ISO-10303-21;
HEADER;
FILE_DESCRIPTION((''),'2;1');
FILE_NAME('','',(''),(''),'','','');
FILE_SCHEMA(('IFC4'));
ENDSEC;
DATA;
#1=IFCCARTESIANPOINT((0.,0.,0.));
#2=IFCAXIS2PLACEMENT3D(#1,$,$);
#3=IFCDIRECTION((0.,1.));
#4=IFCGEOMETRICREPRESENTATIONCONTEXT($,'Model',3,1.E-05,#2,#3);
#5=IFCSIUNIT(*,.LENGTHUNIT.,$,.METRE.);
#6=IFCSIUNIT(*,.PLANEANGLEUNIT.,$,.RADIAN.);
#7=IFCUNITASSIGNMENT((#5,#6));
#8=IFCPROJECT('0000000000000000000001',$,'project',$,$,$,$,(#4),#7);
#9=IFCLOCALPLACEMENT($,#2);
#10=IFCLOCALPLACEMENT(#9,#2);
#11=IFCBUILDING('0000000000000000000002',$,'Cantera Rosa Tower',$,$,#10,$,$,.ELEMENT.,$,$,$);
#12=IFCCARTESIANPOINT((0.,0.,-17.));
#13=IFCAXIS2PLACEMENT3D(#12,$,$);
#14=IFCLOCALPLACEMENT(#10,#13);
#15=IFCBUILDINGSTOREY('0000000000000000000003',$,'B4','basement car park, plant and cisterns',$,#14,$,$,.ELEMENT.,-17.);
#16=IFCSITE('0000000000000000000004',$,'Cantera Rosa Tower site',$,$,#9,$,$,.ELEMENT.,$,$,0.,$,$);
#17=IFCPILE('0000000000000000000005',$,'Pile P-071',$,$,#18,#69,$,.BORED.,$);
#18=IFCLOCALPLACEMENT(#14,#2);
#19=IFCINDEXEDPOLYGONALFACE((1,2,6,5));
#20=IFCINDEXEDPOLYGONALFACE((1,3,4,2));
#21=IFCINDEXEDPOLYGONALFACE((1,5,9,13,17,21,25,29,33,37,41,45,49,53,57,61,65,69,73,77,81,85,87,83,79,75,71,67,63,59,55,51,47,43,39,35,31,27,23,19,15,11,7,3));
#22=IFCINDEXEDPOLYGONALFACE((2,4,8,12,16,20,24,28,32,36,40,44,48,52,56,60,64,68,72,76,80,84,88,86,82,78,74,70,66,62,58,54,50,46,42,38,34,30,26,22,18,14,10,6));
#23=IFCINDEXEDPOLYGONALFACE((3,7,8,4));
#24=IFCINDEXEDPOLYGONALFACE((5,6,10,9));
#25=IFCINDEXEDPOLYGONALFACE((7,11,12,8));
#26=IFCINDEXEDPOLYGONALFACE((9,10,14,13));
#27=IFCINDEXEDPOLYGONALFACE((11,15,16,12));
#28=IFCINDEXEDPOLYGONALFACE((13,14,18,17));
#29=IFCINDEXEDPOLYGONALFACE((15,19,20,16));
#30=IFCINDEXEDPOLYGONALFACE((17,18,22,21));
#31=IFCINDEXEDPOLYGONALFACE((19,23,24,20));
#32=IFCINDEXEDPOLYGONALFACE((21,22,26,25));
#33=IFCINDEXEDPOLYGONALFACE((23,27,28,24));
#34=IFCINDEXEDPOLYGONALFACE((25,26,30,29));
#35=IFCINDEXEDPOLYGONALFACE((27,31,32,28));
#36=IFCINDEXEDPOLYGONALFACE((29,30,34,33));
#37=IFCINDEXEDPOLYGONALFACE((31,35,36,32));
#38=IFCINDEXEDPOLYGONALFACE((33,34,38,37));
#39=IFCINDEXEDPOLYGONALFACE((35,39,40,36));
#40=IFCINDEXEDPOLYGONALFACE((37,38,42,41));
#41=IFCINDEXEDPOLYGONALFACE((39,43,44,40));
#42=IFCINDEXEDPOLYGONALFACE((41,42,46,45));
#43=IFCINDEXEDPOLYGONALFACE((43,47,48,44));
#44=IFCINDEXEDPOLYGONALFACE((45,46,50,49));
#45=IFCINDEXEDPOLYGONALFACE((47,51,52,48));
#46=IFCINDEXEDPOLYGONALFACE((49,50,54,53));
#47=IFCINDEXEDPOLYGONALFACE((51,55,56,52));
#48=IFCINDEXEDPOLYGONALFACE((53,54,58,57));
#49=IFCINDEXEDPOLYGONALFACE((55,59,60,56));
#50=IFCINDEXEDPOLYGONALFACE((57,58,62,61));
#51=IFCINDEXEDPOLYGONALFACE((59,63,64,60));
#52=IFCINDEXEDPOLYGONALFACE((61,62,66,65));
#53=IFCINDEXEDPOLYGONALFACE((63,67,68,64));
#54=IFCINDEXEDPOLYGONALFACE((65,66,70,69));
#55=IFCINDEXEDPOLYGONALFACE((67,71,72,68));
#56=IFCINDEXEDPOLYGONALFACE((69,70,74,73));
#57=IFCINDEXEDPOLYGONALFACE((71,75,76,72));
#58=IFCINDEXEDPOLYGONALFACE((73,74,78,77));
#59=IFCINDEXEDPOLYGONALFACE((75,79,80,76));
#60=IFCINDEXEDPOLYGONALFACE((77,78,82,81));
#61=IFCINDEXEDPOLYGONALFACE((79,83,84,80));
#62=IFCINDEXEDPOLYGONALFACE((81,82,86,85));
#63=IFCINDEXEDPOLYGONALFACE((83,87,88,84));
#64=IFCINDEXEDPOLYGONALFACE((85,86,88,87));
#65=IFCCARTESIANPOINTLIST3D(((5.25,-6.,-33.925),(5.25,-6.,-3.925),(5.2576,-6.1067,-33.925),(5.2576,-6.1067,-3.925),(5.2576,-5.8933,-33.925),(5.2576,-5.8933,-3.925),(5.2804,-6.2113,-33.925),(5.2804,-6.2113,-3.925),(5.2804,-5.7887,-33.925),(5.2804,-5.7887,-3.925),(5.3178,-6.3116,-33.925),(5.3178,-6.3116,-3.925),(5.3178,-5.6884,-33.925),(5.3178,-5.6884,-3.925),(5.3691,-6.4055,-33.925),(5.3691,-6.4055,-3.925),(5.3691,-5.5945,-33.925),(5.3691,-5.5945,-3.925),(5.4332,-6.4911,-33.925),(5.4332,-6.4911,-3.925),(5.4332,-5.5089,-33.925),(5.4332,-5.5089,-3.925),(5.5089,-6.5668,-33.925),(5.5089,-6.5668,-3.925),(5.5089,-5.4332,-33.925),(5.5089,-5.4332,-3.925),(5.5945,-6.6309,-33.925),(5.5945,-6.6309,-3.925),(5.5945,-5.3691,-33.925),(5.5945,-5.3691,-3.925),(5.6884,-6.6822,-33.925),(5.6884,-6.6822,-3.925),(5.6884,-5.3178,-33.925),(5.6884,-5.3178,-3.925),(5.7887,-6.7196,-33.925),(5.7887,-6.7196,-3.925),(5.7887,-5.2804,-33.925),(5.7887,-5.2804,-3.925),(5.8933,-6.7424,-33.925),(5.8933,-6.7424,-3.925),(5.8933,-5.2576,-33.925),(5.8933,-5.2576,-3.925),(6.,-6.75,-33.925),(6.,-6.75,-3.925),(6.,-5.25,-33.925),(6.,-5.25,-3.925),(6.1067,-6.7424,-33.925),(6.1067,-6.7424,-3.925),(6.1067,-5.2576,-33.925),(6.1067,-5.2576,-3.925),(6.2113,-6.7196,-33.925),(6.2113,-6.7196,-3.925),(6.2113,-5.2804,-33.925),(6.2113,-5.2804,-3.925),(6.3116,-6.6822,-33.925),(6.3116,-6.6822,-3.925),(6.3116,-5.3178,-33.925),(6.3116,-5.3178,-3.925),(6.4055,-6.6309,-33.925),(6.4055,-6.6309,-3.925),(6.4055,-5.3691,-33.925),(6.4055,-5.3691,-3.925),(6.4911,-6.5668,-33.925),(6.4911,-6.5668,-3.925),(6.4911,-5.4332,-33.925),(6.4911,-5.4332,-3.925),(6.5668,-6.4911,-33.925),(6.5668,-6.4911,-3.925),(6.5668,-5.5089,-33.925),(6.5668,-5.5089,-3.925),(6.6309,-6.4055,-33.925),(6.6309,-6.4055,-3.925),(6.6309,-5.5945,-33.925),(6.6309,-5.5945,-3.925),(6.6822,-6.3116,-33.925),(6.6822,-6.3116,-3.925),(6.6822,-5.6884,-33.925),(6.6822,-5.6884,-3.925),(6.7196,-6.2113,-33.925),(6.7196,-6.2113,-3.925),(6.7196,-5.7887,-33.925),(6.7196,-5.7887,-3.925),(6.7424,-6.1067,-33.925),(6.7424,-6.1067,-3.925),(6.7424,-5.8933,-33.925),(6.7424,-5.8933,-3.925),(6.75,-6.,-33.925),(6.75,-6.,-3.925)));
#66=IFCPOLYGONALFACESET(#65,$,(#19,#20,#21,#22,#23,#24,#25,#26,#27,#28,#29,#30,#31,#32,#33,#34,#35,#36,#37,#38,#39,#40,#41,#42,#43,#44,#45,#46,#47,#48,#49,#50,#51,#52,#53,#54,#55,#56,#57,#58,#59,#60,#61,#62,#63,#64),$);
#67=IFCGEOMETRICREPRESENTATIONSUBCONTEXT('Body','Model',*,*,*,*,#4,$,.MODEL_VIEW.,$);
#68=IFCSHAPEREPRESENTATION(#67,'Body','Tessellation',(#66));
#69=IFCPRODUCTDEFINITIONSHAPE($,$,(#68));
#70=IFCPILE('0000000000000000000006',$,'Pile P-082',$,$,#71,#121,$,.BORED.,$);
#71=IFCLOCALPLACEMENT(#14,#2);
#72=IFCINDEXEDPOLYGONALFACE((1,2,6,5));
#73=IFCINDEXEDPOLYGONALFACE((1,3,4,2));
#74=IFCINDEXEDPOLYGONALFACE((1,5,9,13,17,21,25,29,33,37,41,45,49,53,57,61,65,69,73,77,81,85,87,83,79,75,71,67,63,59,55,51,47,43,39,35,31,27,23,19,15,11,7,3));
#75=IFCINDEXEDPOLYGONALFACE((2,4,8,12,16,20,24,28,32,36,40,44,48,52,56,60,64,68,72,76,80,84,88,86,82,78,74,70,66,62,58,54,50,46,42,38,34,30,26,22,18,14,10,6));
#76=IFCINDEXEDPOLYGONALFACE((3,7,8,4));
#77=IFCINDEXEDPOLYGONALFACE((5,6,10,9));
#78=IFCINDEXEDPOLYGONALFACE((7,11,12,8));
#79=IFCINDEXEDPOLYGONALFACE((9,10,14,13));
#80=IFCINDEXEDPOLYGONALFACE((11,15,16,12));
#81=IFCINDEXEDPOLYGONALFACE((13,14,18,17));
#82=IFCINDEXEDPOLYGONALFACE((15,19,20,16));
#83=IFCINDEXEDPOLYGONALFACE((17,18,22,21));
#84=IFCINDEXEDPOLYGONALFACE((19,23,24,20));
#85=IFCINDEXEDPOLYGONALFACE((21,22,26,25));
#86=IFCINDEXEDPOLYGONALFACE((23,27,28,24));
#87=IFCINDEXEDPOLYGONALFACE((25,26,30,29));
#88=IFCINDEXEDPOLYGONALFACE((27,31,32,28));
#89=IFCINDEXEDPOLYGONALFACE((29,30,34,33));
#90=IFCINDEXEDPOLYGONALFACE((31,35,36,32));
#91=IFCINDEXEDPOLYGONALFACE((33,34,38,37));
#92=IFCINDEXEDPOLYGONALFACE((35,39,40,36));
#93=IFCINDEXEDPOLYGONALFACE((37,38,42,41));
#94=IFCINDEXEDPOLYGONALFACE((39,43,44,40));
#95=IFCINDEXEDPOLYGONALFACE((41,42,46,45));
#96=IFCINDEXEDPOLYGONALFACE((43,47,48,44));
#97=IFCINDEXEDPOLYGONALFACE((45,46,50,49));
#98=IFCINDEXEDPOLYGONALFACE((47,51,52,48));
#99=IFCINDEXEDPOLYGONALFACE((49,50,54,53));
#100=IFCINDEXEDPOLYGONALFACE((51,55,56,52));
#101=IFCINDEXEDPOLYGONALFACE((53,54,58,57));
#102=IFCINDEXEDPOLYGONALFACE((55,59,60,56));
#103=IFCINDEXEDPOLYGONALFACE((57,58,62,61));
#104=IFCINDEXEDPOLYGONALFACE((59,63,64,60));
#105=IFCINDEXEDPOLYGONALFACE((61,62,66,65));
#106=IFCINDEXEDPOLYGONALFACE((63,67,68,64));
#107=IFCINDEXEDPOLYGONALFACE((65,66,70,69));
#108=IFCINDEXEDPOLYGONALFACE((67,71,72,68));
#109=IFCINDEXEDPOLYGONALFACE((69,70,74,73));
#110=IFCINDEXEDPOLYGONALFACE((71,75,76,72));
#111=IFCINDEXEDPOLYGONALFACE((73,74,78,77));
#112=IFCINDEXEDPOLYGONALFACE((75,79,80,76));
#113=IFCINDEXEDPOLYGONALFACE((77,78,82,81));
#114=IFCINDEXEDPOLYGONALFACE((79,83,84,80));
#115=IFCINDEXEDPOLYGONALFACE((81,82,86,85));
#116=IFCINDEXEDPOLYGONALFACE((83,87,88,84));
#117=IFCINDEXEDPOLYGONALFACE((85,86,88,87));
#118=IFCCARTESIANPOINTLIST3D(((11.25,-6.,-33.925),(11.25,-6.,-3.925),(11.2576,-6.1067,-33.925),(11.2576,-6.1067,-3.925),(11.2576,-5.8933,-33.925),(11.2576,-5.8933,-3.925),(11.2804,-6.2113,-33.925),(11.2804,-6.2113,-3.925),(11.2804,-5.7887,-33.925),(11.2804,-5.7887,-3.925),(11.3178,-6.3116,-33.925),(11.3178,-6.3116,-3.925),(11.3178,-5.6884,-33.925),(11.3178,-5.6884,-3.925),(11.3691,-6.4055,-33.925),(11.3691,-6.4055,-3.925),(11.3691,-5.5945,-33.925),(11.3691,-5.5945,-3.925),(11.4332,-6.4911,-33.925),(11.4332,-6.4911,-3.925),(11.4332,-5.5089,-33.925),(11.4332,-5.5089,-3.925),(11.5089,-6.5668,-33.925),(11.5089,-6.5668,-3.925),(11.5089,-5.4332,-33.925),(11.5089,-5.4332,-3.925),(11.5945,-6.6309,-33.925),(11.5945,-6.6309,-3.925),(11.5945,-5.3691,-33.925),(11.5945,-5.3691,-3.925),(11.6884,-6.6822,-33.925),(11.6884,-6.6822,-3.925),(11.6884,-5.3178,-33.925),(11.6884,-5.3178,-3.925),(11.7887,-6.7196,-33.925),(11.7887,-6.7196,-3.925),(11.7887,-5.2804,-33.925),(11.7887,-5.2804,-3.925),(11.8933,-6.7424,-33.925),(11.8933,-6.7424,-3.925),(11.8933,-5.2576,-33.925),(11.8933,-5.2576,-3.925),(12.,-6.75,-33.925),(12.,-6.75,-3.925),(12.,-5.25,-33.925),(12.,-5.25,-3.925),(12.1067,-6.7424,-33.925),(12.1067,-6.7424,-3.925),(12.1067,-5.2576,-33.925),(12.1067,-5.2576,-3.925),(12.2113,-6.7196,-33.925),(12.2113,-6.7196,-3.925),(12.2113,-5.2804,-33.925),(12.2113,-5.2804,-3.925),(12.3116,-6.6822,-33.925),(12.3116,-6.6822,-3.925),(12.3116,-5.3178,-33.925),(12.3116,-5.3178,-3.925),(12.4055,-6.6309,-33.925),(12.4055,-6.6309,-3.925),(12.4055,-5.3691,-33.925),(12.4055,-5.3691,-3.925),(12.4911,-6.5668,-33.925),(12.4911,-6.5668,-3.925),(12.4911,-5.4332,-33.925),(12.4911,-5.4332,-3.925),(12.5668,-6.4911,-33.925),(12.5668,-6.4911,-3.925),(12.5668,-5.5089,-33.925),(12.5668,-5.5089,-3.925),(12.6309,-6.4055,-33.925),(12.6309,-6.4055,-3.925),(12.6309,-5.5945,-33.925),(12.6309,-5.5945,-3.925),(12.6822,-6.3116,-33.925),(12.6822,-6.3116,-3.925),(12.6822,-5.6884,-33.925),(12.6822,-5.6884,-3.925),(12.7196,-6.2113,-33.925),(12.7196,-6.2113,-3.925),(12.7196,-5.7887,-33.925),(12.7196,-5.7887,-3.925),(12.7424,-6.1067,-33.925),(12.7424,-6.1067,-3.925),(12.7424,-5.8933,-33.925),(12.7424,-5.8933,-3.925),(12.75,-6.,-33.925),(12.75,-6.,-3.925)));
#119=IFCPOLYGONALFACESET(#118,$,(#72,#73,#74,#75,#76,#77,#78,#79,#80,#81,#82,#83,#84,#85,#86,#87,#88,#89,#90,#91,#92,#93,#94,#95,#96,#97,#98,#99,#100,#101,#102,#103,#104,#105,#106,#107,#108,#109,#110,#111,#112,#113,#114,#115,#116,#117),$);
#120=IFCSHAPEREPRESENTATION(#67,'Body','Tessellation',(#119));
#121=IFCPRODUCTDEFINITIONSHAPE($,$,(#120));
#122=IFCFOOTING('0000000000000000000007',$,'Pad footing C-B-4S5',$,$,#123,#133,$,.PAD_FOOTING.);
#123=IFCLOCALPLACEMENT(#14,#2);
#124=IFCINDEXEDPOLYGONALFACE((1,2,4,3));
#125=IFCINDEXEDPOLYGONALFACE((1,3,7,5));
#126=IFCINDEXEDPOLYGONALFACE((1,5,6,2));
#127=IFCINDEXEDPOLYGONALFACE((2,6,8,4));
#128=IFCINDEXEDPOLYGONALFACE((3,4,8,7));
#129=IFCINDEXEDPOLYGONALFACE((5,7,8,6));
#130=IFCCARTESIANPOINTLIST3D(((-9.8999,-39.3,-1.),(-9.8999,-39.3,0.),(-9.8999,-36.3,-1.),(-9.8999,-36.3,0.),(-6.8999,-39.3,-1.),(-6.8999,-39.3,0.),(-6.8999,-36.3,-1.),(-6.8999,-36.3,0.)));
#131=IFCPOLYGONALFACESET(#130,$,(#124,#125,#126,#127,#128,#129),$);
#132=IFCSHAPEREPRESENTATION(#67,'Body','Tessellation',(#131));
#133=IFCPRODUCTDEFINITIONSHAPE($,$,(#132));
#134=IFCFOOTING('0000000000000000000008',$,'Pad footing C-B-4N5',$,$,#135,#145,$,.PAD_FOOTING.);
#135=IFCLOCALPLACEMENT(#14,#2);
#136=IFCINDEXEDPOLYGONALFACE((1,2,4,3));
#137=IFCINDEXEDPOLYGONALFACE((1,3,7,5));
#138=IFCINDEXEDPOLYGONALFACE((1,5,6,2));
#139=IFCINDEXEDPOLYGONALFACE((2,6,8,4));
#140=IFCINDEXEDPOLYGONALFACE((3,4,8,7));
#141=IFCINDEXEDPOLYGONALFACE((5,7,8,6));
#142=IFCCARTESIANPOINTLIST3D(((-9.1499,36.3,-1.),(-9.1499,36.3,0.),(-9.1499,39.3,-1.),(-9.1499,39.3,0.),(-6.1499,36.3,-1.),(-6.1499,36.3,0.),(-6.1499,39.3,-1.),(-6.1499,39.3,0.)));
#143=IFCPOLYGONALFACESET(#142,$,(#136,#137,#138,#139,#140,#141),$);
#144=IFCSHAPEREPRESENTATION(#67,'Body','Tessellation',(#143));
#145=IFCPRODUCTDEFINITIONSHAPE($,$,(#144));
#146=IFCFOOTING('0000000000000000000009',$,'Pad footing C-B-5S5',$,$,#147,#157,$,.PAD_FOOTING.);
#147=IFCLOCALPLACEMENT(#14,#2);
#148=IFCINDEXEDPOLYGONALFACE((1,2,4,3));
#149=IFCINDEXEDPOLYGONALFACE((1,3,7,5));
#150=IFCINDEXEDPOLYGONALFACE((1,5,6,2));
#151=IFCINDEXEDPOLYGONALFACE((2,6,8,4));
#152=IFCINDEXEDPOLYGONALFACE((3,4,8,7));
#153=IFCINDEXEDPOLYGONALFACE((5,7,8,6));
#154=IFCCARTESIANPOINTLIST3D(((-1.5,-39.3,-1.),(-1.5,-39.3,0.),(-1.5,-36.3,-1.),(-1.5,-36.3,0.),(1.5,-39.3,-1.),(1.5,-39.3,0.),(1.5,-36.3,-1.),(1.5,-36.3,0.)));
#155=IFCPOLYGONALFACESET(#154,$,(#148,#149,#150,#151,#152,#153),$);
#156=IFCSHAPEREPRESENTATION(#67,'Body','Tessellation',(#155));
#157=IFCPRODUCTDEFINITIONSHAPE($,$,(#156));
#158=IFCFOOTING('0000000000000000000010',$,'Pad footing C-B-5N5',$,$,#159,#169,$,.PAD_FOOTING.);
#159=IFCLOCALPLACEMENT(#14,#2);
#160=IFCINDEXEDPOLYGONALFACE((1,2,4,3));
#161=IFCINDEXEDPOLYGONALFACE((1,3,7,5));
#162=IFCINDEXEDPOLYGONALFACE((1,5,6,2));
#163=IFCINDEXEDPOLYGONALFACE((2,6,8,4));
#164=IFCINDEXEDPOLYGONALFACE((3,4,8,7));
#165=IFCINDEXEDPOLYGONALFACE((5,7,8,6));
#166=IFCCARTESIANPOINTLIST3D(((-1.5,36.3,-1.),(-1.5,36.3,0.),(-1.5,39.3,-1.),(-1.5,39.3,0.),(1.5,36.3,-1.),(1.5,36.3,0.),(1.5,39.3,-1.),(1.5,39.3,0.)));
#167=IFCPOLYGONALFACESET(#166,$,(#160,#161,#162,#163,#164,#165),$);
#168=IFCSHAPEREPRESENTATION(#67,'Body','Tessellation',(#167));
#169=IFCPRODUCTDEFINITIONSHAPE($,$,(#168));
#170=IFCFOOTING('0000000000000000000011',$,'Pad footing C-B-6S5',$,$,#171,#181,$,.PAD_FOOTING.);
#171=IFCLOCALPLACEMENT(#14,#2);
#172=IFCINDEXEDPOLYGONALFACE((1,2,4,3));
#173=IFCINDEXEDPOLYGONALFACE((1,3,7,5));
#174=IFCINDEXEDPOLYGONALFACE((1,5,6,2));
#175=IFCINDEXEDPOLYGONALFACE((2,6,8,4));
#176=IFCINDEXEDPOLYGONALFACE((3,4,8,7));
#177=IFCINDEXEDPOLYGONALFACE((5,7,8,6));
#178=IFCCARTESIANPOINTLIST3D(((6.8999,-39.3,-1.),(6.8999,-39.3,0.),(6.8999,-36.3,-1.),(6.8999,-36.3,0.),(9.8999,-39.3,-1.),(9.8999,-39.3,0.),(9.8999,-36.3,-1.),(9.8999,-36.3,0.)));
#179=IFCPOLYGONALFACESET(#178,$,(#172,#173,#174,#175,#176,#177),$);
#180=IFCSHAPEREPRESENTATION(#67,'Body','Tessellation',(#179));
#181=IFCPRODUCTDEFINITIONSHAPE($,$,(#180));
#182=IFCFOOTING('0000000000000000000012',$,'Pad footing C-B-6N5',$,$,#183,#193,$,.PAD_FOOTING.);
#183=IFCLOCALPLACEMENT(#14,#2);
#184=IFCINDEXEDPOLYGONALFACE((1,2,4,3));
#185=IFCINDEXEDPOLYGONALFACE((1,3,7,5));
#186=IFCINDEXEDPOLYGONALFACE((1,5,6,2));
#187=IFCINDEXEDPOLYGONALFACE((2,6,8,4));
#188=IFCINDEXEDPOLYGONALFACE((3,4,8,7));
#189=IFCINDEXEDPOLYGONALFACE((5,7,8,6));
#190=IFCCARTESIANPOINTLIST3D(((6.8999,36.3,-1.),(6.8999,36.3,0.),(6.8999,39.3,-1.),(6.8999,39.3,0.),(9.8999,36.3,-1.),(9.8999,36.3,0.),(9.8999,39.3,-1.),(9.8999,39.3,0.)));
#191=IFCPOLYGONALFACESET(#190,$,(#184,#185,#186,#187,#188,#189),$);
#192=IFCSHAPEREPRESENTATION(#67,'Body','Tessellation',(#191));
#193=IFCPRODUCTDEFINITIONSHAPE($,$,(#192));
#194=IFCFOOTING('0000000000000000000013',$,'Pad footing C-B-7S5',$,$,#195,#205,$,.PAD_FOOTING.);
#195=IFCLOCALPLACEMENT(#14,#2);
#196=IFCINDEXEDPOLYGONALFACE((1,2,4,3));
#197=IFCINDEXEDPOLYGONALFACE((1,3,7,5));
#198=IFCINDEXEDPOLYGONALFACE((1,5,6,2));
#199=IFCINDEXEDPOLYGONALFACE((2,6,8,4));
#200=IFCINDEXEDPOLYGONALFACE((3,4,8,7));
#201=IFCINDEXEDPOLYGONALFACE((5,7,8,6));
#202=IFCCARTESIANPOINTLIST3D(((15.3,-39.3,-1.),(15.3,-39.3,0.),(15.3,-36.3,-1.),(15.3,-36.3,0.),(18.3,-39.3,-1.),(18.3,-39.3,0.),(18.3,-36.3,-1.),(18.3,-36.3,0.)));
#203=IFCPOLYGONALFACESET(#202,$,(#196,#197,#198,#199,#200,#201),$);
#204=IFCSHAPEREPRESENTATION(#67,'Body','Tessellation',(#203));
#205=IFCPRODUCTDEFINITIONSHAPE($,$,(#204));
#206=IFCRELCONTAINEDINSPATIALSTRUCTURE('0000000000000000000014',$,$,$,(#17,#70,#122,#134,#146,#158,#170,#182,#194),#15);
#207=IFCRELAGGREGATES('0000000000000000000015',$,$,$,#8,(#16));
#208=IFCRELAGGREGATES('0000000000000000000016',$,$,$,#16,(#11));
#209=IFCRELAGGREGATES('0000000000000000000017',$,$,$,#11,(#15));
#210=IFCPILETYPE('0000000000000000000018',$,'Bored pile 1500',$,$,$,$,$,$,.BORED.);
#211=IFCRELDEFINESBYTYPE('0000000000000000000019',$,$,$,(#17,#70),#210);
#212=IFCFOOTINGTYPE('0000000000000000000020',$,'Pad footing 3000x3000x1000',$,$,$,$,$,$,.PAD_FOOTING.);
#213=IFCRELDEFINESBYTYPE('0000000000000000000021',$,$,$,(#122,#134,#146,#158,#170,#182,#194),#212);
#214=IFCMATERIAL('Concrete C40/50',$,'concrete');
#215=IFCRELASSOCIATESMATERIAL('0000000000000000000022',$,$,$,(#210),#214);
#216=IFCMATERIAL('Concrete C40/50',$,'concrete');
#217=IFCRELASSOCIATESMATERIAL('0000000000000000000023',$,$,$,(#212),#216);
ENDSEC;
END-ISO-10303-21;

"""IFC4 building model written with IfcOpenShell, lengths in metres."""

from ifc_helpers import new_model, si_unit, direction, frame, origin, origin_2d, place, context, subcontext, project, spatial, polyline, circle, outline, extrude, material, material_profile, profile_set, type_object, element, save


model = new_model("IFC4")

# Units and contexts
model_context = context("Model", 3, precision=1e-05, world=origin(), true_north=direction((0.0, 1.0)))
body_context = subcontext(model_context, "Body", "Model", "MODEL_VIEW")
ifc_project = project(units=[si_unit("LENGTHUNIT", "METRE"), si_unit("PLANEANGLEUNIT", "RADIAN")], contexts=[model_context])

# Site, building, storey
site_placement = place(None, origin())
site = spatial("IfcSite", under=ifc_project, at=site_placement, Name="Cantera Rosa Tower site", CompositionType="ELEMENT", RefElevation=0.0)
building_placement = place(site_placement, origin())
building = spatial("IfcBuilding", under=site, at=building_placement, Name="Cantera Rosa Tower", CompositionType="ELEMENT")
storey_placement = place(building_placement, frame((0.0, 0.0, -17.0)))
storey = spatial("IfcBuildingStorey", under=building, at=storey_placement, Name="B4", Description="basement car park, plant and cisterns", CompositionType="ELEMENT", Elevation=-17.0)

# Piles
ifc_material_1 = material(Name="Concrete C40/50", Category="concrete")
ifc_material_profile = material_profile(ifc_material_1, circle(Radius=0.75, at=origin_2d()), Name="Bored pile 1500")
ifc_profile_set = profile_set([ifc_material_profile], Name="Concrete C40/50")
pile_type = type_object("IfcPileType", Name="Bored pile 1500", PredefinedType="BORED", material=ifc_profile_set)
for number, where, z_axis, x_axis, name in (
    (1, (6.0, -6.0, -3.925), (0.0, 0.0, -1.0), (1.0, 0.0, 0.0), "Pile P-071"),
    (2, (12.0, -6.0, -3.925), (0.0, 0.0, -1.0), (1.0, 0.0, 0.0), "Pile P-082"),
):
    element("IfcPile", number, at=place(storey_placement, frame(where, z_axis=z_axis, x_axis=x_axis)), inside=storey, type_object=pile_type, Name=name, PredefinedType="BORED", context=body_context, shape_type="SweptSolid", body=[
        extrude(circle(Radius=0.75, at=origin_2d()), origin(), (0.0, 0.0, 1.0), 30.0),
    ])

# Footings
ifc_material_2 = material(Name="Concrete C40/50", Category="concrete")
footing_type = type_object("IfcFootingType", Name="Pad footing 3000x3000x1000", PredefinedType="PAD_FOOTING", material=ifc_material_2)
footing_1_placement = place(storey_placement, frame((0.0, 0.0, -1.0)))
element("IfcFooting", 3, at=footing_1_placement, inside=storey, type_object=footing_type, Name="Pad footing C-B-4S5", PredefinedType="PAD_FOOTING", context=body_context, shape_type="SweptSolid", body=[
    extrude(outline(polyline([(-6.8999, -39.3), (-6.8999, -36.3), (-9.8999, -36.3), (-9.8999, -39.3), (-6.8999, -39.3)])), origin(), (0.0, 0.0, 1.0), 1.0),
])
footing_2_placement = place(storey_placement, frame((0.0, 0.0, -1.0)))
element("IfcFooting", 4, at=footing_2_placement, inside=storey, type_object=footing_type, Name="Pad footing C-B-4N5", PredefinedType="PAD_FOOTING", context=body_context, shape_type="SweptSolid", body=[
    extrude(outline(polyline([(-6.1499, 36.3), (-6.1499, 39.3), (-9.1499, 39.3), (-9.1499, 36.3), (-6.1499, 36.3)])), origin(), (0.0, 0.0, 1.0), 1.0),
])
footing_3_placement = place(storey_placement, frame((0.0, 0.0, -1.0)))
element("IfcFooting", 5, at=footing_3_placement, inside=storey, type_object=footing_type, Name="Pad footing C-B-5S5", PredefinedType="PAD_FOOTING", context=body_context, shape_type="SweptSolid", body=[
    extrude(outline(polyline([(1.5, -39.3), (1.5, -36.3), (-1.5, -36.3), (-1.5, -39.3), (1.5, -39.3)])), origin(), (0.0, 0.0, 1.0), 1.0),
])
footing_4_placement = place(storey_placement, frame((0.0, 0.0, -1.0)))
element("IfcFooting", 6, at=footing_4_placement, inside=storey, type_object=footing_type, Name="Pad footing C-B-5N5", PredefinedType="PAD_FOOTING", context=body_context, shape_type="SweptSolid", body=[
    extrude(outline(polyline([(1.5, 36.3), (1.5, 39.3), (-1.5, 39.3), (-1.5, 36.3), (1.5, 36.3)])), origin(), (0.0, 0.0, 1.0), 1.0),
])
footing_5_placement = place(storey_placement, frame((0.0, 0.0, -1.0)))
element("IfcFooting", 7, at=footing_5_placement, inside=storey, type_object=footing_type, Name="Pad footing C-B-6S5", PredefinedType="PAD_FOOTING", context=body_context, shape_type="SweptSolid", body=[
    extrude(outline(polyline([(9.8999, -39.3), (9.8999, -36.3), (6.8999, -36.3), (6.8999, -39.3), (9.8999, -39.3)])), origin(), (0.0, 0.0, 1.0), 1.0),
])
footing_6_placement = place(storey_placement, frame((0.0, 0.0, -1.0)))
element("IfcFooting", 8, at=footing_6_placement, inside=storey, type_object=footing_type, Name="Pad footing C-B-6N5", PredefinedType="PAD_FOOTING", context=body_context, shape_type="SweptSolid", body=[
    extrude(outline(polyline([(9.8999, 36.3), (9.8999, 39.3), (6.8999, 39.3), (6.8999, 36.3), (9.8999, 36.3)])), origin(), (0.0, 0.0, 1.0), 1.0),
])
footing_7_placement = place(storey_placement, frame((0.0, 0.0, -1.0)))
element("IfcFooting", 9, at=footing_7_placement, inside=storey, type_object=footing_type, Name="Pad footing C-B-7S5", PredefinedType="PAD_FOOTING", context=body_context, shape_type="SweptSolid", body=[
    extrude(outline(polyline([(18.3, -39.3), (18.3, -36.3), (15.3, -36.3), (15.3, -39.3), (18.3, -39.3)])), origin(), (0.0, 0.0, 1.0), 1.0),
])

save(model, "model.ifc")
